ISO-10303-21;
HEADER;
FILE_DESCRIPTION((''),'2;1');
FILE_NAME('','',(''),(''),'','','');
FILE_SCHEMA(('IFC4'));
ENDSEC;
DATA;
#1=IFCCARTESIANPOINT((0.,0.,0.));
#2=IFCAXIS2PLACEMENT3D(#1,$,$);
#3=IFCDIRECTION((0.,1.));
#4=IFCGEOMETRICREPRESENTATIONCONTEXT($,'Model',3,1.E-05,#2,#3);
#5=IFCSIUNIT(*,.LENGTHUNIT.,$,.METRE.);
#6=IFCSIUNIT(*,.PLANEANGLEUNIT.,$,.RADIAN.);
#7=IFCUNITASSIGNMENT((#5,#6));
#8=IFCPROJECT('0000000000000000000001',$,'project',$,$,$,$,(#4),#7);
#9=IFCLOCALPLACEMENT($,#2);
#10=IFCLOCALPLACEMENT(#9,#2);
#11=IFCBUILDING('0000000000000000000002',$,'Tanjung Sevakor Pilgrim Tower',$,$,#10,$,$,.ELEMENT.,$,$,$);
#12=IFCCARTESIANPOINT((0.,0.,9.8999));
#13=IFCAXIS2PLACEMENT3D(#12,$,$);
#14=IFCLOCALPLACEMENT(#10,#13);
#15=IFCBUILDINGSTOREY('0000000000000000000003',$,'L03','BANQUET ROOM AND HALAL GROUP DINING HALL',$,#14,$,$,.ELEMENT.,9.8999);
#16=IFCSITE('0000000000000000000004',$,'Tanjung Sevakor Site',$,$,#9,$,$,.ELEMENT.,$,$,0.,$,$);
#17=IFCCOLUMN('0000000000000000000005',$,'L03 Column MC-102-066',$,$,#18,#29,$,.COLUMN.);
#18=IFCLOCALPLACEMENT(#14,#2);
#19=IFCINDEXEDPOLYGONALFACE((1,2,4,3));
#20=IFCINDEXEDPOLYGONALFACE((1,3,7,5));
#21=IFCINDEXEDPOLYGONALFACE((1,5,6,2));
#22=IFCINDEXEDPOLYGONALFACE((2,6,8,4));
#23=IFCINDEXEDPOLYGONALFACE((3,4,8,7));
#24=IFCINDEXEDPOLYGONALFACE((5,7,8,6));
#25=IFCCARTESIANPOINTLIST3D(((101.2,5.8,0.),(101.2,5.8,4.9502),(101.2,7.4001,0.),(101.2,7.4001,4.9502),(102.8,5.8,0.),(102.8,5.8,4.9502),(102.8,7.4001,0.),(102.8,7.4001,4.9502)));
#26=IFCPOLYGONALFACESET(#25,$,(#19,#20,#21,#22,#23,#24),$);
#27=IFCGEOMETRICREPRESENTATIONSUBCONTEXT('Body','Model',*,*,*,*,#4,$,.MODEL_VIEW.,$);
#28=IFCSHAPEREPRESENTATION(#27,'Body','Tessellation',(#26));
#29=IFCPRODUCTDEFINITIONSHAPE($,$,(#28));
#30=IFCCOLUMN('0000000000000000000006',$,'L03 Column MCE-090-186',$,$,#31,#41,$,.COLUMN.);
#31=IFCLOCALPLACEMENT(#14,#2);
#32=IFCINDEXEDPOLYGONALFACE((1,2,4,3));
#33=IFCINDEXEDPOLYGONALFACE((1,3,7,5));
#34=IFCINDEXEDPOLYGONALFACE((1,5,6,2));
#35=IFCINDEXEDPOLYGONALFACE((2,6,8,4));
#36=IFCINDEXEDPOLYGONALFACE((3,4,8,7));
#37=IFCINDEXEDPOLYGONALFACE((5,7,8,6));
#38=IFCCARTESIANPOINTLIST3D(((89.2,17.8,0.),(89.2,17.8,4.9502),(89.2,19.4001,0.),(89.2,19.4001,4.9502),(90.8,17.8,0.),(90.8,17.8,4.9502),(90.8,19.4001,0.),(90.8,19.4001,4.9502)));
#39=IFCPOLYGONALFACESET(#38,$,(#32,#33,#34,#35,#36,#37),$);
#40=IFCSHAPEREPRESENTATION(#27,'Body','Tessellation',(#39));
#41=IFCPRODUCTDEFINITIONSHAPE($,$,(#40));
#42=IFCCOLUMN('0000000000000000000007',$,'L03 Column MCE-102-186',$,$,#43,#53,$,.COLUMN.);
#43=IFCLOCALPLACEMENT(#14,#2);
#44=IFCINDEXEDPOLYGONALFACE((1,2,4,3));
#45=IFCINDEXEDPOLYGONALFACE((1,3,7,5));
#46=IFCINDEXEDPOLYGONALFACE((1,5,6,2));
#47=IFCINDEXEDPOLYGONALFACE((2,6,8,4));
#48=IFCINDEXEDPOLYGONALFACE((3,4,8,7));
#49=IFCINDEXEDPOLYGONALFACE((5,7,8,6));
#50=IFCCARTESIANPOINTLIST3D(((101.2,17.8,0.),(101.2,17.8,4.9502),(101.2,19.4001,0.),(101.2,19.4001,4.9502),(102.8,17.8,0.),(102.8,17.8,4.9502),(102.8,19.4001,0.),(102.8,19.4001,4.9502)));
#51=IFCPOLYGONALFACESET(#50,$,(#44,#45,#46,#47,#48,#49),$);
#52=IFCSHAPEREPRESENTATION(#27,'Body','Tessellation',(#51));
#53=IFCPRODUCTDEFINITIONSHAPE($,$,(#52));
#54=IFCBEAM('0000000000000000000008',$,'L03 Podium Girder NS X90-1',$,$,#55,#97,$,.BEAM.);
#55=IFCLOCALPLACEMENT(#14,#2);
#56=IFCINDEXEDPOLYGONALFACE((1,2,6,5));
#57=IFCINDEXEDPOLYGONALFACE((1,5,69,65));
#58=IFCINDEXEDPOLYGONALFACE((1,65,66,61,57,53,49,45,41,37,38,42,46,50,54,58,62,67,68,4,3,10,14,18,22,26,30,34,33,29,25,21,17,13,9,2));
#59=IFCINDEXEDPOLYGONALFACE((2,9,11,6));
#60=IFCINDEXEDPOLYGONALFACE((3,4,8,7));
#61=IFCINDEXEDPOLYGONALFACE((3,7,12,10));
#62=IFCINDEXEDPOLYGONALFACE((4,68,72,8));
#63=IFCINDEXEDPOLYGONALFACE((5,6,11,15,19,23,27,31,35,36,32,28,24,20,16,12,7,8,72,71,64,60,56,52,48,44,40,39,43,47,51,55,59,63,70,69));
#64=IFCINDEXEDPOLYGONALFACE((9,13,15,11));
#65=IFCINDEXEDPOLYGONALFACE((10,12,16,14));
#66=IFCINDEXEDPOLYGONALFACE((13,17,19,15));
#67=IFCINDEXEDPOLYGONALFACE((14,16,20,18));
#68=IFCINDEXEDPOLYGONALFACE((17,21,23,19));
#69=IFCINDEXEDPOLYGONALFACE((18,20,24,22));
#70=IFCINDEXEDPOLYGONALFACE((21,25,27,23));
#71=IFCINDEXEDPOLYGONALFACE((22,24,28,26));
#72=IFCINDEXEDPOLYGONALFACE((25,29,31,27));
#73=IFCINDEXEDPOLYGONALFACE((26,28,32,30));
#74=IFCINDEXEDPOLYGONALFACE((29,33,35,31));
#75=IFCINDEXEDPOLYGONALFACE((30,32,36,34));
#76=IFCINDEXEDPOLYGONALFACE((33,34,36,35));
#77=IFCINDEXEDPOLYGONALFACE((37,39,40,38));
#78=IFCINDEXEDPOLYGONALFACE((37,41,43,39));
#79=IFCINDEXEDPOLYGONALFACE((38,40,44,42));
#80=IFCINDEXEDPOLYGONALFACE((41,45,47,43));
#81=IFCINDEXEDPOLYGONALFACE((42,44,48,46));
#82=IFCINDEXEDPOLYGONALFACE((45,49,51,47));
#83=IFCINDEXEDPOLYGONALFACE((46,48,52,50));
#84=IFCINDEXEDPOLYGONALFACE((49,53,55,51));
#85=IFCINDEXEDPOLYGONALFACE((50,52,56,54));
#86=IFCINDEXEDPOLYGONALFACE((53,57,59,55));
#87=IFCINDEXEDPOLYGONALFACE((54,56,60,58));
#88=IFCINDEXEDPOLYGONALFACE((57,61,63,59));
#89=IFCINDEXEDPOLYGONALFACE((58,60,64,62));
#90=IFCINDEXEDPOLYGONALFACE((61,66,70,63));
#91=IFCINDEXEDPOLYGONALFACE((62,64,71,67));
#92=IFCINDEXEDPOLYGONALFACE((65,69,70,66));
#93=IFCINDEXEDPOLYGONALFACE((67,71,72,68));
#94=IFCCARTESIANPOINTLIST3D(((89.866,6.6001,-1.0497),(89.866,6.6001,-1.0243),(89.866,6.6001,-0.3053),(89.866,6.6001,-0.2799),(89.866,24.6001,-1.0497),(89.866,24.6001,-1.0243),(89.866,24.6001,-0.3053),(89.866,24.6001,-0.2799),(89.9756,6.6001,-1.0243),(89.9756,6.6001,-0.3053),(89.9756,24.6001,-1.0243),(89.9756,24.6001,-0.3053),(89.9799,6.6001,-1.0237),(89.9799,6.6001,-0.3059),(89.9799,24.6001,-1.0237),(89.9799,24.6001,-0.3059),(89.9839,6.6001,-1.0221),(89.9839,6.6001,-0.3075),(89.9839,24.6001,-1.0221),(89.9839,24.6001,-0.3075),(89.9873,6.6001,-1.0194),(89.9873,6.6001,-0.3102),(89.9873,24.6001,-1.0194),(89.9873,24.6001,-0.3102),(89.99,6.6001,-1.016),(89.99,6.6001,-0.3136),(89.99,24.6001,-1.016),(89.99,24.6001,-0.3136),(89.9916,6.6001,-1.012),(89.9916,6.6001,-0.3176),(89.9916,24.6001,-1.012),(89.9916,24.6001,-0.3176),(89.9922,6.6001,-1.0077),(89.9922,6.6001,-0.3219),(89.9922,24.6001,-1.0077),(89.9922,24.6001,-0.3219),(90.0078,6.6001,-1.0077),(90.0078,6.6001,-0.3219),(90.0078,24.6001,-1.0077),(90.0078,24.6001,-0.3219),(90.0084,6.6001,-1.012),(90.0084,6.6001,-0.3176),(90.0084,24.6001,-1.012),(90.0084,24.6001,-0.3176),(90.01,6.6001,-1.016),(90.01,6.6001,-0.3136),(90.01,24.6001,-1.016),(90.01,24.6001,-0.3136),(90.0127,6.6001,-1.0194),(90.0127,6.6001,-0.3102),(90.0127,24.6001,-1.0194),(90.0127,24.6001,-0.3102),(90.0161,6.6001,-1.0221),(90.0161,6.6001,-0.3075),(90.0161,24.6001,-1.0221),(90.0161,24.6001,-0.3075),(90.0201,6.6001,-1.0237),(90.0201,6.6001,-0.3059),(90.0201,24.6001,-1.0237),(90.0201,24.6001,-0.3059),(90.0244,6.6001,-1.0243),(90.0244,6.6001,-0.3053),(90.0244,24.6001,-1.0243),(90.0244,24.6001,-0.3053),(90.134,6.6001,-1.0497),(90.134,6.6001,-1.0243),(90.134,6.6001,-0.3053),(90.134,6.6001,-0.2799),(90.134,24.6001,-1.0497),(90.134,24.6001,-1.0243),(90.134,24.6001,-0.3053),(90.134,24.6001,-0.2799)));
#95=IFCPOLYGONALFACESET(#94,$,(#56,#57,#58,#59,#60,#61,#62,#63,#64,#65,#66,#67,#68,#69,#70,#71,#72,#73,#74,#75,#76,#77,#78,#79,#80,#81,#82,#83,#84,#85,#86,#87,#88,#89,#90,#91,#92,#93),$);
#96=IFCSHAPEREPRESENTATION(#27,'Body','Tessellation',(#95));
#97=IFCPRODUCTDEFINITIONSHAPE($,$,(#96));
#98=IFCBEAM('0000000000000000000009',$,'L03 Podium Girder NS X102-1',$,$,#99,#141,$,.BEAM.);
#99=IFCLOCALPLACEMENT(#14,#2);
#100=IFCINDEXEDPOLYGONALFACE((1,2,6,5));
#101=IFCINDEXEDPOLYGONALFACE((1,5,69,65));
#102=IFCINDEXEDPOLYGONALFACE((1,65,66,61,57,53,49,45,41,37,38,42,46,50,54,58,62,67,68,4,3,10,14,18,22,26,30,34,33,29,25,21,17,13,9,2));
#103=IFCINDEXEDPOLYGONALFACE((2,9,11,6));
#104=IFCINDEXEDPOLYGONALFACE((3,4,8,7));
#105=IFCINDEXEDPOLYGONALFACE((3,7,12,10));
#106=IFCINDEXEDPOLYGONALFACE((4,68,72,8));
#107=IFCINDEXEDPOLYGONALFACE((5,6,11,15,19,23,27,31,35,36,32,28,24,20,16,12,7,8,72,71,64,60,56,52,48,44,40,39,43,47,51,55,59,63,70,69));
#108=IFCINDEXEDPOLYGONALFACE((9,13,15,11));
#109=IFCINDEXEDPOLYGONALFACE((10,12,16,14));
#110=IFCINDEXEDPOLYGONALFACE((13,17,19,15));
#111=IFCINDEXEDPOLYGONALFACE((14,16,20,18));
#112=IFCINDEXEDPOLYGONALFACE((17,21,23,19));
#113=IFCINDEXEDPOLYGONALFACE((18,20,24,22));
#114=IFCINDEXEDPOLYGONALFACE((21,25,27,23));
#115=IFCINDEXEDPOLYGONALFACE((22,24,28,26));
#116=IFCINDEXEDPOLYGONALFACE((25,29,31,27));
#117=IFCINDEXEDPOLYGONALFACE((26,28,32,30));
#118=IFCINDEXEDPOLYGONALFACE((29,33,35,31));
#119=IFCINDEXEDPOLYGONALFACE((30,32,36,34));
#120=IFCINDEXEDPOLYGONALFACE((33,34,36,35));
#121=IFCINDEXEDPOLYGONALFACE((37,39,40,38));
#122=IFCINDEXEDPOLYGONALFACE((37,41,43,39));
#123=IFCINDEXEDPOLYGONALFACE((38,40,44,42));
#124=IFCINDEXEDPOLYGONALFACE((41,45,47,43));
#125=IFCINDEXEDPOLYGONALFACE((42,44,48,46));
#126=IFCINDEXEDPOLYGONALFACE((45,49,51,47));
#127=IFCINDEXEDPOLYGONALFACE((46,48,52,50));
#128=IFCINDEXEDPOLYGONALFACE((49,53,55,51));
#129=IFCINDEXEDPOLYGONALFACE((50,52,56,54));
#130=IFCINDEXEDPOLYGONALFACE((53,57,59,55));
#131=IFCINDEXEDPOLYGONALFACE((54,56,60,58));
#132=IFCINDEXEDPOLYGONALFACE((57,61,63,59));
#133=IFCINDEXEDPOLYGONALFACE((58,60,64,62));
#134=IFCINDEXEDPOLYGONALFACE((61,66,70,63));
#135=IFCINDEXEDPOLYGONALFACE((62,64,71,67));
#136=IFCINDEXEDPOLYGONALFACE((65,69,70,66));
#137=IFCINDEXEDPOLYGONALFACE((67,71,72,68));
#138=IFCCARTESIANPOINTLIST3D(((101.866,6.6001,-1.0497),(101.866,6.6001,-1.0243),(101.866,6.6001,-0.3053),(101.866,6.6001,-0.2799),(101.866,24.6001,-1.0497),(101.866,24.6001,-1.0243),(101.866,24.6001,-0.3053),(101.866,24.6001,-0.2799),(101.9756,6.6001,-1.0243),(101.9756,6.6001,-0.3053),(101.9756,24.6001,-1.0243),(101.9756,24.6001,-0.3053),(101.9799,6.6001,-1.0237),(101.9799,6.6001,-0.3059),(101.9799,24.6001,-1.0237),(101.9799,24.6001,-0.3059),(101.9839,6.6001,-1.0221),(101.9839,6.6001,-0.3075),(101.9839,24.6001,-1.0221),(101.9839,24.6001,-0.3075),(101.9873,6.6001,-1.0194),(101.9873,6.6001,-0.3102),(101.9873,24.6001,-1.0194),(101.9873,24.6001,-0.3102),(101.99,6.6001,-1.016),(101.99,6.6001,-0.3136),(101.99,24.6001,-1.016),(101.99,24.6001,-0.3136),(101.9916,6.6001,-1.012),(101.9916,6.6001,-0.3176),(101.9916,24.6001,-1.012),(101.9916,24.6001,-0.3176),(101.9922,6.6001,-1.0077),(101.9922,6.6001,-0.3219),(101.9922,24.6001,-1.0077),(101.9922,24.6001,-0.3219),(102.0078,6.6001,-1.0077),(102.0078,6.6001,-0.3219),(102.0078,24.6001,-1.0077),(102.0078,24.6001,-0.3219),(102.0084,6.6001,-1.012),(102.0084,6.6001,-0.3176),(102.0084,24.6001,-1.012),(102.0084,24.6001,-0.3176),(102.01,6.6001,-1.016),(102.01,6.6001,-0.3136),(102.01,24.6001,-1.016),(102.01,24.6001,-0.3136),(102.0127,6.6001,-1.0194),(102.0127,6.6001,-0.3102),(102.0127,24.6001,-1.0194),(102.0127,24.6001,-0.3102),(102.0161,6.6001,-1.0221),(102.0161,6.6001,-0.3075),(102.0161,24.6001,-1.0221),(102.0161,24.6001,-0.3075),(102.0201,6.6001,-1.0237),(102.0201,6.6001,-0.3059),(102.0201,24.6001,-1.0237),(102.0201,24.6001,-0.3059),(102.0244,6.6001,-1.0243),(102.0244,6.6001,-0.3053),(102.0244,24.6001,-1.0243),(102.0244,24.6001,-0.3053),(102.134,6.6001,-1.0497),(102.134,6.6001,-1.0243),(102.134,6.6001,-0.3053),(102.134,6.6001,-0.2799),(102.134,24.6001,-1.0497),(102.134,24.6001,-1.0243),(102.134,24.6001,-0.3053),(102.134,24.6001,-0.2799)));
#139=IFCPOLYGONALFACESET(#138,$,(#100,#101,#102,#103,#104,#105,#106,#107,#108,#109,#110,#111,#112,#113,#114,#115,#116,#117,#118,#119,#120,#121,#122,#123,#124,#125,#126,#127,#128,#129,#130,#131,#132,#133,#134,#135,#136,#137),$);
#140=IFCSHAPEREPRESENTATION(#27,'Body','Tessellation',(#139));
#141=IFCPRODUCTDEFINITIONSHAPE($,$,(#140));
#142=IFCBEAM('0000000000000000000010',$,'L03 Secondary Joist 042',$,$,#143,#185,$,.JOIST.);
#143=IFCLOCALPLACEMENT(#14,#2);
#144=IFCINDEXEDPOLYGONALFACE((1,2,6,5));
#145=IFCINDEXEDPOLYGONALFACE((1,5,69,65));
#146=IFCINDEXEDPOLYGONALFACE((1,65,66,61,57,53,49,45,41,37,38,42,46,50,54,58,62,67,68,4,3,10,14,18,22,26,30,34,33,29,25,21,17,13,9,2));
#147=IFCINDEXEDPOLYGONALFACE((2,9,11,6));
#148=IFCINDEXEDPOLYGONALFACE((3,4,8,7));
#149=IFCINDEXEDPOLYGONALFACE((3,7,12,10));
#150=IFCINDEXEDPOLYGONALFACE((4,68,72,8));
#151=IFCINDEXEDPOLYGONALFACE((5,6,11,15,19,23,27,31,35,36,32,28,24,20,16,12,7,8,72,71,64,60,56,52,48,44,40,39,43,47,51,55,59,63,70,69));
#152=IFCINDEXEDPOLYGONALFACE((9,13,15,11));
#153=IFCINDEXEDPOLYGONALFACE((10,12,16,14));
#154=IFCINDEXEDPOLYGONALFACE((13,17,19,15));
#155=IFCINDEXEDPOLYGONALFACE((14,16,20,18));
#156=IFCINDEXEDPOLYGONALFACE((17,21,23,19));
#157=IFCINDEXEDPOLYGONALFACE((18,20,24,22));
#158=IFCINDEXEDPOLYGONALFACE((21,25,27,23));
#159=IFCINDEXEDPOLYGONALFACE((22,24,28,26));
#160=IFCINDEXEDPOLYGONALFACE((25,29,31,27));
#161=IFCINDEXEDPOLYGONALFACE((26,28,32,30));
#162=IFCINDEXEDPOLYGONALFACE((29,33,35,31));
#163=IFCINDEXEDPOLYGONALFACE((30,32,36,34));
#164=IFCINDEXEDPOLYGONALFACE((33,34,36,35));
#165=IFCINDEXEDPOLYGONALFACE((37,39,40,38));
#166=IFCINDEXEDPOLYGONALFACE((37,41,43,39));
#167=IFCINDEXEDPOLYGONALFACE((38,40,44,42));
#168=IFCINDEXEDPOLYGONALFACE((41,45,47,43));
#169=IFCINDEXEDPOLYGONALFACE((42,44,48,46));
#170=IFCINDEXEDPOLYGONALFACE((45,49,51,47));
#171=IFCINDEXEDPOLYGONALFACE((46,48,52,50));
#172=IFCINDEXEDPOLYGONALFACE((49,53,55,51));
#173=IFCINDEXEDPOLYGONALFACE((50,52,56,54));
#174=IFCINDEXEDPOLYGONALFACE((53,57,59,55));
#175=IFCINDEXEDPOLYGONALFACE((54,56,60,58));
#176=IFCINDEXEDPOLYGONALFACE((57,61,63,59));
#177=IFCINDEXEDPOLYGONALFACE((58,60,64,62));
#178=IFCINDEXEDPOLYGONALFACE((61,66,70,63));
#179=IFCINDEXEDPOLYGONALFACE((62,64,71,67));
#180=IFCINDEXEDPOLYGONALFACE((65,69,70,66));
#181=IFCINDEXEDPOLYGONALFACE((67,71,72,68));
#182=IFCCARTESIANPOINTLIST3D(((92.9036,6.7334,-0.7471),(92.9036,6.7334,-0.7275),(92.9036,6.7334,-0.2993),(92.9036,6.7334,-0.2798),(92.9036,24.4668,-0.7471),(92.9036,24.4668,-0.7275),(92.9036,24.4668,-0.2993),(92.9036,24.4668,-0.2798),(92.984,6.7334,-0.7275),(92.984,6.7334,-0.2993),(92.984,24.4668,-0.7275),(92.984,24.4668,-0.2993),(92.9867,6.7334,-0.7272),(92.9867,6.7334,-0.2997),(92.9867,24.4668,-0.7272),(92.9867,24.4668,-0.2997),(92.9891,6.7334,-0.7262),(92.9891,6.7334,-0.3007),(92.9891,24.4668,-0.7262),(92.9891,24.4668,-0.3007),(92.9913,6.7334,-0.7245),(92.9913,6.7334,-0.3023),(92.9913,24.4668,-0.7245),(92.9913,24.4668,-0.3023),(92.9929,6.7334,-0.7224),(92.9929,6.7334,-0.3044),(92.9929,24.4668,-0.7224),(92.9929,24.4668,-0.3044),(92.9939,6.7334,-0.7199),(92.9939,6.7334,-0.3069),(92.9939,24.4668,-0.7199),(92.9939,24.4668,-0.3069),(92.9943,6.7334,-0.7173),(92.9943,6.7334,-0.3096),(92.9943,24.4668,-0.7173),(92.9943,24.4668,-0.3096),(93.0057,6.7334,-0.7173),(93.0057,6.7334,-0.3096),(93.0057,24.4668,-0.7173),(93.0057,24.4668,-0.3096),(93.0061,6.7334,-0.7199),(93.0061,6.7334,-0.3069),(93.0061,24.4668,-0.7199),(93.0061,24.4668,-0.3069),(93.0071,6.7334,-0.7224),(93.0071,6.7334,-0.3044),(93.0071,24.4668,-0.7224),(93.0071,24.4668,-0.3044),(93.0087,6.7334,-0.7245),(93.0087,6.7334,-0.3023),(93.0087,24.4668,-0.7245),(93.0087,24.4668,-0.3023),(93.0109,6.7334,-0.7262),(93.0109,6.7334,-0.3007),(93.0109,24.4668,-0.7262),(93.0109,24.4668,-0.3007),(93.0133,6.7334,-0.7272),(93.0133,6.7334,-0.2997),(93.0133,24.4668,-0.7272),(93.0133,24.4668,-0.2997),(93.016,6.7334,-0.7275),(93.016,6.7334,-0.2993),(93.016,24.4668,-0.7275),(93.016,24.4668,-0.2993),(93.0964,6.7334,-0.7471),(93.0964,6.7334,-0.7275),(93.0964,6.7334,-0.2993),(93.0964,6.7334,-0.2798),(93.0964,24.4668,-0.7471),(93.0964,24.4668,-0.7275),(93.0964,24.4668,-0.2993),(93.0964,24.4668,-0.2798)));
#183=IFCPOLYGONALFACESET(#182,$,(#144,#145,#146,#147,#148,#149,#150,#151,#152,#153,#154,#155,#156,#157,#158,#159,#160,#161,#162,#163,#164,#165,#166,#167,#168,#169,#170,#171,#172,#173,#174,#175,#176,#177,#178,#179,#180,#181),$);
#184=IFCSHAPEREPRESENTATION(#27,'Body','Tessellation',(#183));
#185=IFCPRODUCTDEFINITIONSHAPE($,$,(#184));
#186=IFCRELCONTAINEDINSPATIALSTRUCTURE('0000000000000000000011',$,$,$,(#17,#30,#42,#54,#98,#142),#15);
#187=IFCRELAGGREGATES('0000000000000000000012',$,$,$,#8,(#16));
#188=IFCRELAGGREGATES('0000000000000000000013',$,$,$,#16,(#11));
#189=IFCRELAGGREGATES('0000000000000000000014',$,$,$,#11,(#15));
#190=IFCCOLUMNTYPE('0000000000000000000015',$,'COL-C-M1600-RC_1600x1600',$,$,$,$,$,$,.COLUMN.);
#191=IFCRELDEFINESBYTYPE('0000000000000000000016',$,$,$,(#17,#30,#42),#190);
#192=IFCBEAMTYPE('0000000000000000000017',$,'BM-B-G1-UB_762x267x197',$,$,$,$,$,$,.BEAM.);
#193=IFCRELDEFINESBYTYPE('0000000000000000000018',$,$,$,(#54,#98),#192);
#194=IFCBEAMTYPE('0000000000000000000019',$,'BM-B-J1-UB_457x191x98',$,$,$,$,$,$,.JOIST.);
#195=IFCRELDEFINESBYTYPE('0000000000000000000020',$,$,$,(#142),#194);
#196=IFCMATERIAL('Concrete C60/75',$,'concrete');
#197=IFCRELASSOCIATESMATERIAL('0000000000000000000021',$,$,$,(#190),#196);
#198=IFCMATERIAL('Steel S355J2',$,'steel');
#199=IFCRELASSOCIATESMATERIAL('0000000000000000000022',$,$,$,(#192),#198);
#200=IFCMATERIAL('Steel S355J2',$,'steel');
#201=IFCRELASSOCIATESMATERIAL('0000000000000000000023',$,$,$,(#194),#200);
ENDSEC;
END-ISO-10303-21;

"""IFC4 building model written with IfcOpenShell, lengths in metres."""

from ifc_helpers import new_model, si_unit, direction, frame, origin, origin_2d, place, context, subcontext, project, spatial, rectangle, i_section, extrude, material, material_profile, profile_set, type_object, element, save


model = new_model("IFC4")

# Units and contexts
model_context = context("Model", 3, precision=1e-05, world=origin(), true_north=direction((0.0, 1.0)))
body_context = subcontext(model_context, "Body", "Model", "MODEL_VIEW")
ifc_project = project(units=[si_unit("LENGTHUNIT", "METRE"), si_unit("PLANEANGLEUNIT", "RADIAN")], contexts=[model_context])

# Site, building, storey
site_placement = place(None, origin())
site = spatial("IfcSite", under=ifc_project, at=site_placement, Name="Tanjung Sevakor Site", CompositionType="ELEMENT", RefElevation=0.0)
building_placement = place(site_placement, origin())
building = spatial("IfcBuilding", under=site, at=building_placement, Name="Tanjung Sevakor Pilgrim Tower", CompositionType="ELEMENT")
storey_placement = place(building_placement, frame((0.0, 0.0, 9.8999)))
storey = spatial("IfcBuildingStorey", under=building, at=storey_placement, Name="L03", Description="BANQUET ROOM AND HALAL GROUP DINING HALL", CompositionType="ELEMENT", Elevation=9.8999)

# Columns
ifc_material_1 = material(Name="Concrete C60/75", Category="concrete")
ifc_material_profile_1 = material_profile(ifc_material_1, rectangle(XDim=1.6001, YDim=1.6001, at=origin_2d()))
ifc_profile_set_1 = profile_set([ifc_material_profile_1], Name="Concrete C60/75")
column_type = type_object("IfcColumnType", Name="COL-C-M1600-RC_1600x1600", PredefinedType="COLUMN", material=ifc_profile_set_1)
for number, where, z_axis, x_axis, name in (
    (1, (102.0, 6.6001, 0.0), (0.0, 0.0, 1.0), (1.0, 0.0, 0.0), "L03 Column MC-102-066"),
    (2, (90.0, 18.6001, 0.0), (0.0, 0.0, 1.0), (1.0, 0.0, 0.0), "L03 Column MCE-090-186"),
    (3, (102.0, 18.6001, 0.0), (0.0, 0.0, 1.0), (1.0, 0.0, 0.0), "L03 Column MCE-102-186"),
):
    element("IfcColumn", number, at=place(storey_placement, frame(where, z_axis=z_axis, x_axis=x_axis)), inside=storey, type_object=column_type, Name=name, PredefinedType="COLUMN", context=body_context, shape_type="SweptSolid", body=[
        extrude(rectangle(XDim=1.6001, YDim=1.6001, at=origin_2d()), origin(), (0.0, 0.0, 1.0), 4.9502),
    ])

# Beams
ifc_material_2 = material(Name="Steel S355J2", Category="steel")
ifc_material_profile_2 = material_profile(ifc_material_2, i_section(OverallWidth=0.2681, OverallDepth=0.7698, WebThickness=0.0156, FlangeThickness=0.0254, FilletRadius=0.0166, at=origin_2d()))
ifc_profile_set_2 = profile_set([ifc_material_profile_2], Name="Steel S355J2")
beam_type_1 = type_object("IfcBeamType", Name="BM-B-G1-UB_762x267x197", PredefinedType="BEAM", material=ifc_profile_set_2)
for number, where, z_axis, x_axis, name in (
    (4, (90.0, 6.6001, -0.6648), (0.0, 1.0, 0.0), (-1.0, 0.0, 0.0), "L03 Podium Girder NS X90-1"),
    (5, (102.0, 6.6001, -0.6648), (0.0, 1.0, 0.0), (-1.0, 0.0, 0.0), "L03 Podium Girder NS X102-1"),
):
    element("IfcBeam", number, at=place(storey_placement, frame(where, z_axis=z_axis, x_axis=x_axis)), inside=storey, type_object=beam_type_1, Name=name, PredefinedType="BEAM", context=body_context, shape_type="SweptSolid", body=[
        extrude(i_section(OverallWidth=0.2681, OverallDepth=0.7698, WebThickness=0.0156, FlangeThickness=0.0254, FilletRadius=0.0166, at=origin_2d()), origin(), (0.0, 0.0, 1.0), 18.0),
    ])
ifc_material_3 = material(Name="Steel S355J2", Category="steel")
ifc_material_profile_3 = material_profile(ifc_material_3, i_section(OverallWidth=0.1929, OverallDepth=0.4673, WebThickness=0.0115, FlangeThickness=0.0195, FilletRadius=0.0103, at=origin_2d()))
ifc_profile_set_3 = profile_set([ifc_material_profile_3], Name="Steel S355J2")
beam_type_2 = type_object("IfcBeamType", Name="BM-B-J1-UB_457x191x98", PredefinedType="JOIST", material=ifc_profile_set_3)
for number, where, z_axis, x_axis, name in (
    (6, (93.0, 6.7334, -0.5134), (0.0, 1.0, 0.0), (-1.0, 0.0, 0.0), "L03 Secondary Joist 042"),
):
    element("IfcBeam", number, at=place(storey_placement, frame(where, z_axis=z_axis, x_axis=x_axis)), inside=storey, type_object=beam_type_2, Name=name, PredefinedType="JOIST", context=body_context, shape_type="SweptSolid", body=[
        extrude(i_section(OverallWidth=0.1929, OverallDepth=0.4673, WebThickness=0.0115, FlangeThickness=0.0195, FilletRadius=0.0103, at=origin_2d()), origin(), (0.0, 0.0, 1.0), 17.7334),
    ])

save(model, "model.ifc")
